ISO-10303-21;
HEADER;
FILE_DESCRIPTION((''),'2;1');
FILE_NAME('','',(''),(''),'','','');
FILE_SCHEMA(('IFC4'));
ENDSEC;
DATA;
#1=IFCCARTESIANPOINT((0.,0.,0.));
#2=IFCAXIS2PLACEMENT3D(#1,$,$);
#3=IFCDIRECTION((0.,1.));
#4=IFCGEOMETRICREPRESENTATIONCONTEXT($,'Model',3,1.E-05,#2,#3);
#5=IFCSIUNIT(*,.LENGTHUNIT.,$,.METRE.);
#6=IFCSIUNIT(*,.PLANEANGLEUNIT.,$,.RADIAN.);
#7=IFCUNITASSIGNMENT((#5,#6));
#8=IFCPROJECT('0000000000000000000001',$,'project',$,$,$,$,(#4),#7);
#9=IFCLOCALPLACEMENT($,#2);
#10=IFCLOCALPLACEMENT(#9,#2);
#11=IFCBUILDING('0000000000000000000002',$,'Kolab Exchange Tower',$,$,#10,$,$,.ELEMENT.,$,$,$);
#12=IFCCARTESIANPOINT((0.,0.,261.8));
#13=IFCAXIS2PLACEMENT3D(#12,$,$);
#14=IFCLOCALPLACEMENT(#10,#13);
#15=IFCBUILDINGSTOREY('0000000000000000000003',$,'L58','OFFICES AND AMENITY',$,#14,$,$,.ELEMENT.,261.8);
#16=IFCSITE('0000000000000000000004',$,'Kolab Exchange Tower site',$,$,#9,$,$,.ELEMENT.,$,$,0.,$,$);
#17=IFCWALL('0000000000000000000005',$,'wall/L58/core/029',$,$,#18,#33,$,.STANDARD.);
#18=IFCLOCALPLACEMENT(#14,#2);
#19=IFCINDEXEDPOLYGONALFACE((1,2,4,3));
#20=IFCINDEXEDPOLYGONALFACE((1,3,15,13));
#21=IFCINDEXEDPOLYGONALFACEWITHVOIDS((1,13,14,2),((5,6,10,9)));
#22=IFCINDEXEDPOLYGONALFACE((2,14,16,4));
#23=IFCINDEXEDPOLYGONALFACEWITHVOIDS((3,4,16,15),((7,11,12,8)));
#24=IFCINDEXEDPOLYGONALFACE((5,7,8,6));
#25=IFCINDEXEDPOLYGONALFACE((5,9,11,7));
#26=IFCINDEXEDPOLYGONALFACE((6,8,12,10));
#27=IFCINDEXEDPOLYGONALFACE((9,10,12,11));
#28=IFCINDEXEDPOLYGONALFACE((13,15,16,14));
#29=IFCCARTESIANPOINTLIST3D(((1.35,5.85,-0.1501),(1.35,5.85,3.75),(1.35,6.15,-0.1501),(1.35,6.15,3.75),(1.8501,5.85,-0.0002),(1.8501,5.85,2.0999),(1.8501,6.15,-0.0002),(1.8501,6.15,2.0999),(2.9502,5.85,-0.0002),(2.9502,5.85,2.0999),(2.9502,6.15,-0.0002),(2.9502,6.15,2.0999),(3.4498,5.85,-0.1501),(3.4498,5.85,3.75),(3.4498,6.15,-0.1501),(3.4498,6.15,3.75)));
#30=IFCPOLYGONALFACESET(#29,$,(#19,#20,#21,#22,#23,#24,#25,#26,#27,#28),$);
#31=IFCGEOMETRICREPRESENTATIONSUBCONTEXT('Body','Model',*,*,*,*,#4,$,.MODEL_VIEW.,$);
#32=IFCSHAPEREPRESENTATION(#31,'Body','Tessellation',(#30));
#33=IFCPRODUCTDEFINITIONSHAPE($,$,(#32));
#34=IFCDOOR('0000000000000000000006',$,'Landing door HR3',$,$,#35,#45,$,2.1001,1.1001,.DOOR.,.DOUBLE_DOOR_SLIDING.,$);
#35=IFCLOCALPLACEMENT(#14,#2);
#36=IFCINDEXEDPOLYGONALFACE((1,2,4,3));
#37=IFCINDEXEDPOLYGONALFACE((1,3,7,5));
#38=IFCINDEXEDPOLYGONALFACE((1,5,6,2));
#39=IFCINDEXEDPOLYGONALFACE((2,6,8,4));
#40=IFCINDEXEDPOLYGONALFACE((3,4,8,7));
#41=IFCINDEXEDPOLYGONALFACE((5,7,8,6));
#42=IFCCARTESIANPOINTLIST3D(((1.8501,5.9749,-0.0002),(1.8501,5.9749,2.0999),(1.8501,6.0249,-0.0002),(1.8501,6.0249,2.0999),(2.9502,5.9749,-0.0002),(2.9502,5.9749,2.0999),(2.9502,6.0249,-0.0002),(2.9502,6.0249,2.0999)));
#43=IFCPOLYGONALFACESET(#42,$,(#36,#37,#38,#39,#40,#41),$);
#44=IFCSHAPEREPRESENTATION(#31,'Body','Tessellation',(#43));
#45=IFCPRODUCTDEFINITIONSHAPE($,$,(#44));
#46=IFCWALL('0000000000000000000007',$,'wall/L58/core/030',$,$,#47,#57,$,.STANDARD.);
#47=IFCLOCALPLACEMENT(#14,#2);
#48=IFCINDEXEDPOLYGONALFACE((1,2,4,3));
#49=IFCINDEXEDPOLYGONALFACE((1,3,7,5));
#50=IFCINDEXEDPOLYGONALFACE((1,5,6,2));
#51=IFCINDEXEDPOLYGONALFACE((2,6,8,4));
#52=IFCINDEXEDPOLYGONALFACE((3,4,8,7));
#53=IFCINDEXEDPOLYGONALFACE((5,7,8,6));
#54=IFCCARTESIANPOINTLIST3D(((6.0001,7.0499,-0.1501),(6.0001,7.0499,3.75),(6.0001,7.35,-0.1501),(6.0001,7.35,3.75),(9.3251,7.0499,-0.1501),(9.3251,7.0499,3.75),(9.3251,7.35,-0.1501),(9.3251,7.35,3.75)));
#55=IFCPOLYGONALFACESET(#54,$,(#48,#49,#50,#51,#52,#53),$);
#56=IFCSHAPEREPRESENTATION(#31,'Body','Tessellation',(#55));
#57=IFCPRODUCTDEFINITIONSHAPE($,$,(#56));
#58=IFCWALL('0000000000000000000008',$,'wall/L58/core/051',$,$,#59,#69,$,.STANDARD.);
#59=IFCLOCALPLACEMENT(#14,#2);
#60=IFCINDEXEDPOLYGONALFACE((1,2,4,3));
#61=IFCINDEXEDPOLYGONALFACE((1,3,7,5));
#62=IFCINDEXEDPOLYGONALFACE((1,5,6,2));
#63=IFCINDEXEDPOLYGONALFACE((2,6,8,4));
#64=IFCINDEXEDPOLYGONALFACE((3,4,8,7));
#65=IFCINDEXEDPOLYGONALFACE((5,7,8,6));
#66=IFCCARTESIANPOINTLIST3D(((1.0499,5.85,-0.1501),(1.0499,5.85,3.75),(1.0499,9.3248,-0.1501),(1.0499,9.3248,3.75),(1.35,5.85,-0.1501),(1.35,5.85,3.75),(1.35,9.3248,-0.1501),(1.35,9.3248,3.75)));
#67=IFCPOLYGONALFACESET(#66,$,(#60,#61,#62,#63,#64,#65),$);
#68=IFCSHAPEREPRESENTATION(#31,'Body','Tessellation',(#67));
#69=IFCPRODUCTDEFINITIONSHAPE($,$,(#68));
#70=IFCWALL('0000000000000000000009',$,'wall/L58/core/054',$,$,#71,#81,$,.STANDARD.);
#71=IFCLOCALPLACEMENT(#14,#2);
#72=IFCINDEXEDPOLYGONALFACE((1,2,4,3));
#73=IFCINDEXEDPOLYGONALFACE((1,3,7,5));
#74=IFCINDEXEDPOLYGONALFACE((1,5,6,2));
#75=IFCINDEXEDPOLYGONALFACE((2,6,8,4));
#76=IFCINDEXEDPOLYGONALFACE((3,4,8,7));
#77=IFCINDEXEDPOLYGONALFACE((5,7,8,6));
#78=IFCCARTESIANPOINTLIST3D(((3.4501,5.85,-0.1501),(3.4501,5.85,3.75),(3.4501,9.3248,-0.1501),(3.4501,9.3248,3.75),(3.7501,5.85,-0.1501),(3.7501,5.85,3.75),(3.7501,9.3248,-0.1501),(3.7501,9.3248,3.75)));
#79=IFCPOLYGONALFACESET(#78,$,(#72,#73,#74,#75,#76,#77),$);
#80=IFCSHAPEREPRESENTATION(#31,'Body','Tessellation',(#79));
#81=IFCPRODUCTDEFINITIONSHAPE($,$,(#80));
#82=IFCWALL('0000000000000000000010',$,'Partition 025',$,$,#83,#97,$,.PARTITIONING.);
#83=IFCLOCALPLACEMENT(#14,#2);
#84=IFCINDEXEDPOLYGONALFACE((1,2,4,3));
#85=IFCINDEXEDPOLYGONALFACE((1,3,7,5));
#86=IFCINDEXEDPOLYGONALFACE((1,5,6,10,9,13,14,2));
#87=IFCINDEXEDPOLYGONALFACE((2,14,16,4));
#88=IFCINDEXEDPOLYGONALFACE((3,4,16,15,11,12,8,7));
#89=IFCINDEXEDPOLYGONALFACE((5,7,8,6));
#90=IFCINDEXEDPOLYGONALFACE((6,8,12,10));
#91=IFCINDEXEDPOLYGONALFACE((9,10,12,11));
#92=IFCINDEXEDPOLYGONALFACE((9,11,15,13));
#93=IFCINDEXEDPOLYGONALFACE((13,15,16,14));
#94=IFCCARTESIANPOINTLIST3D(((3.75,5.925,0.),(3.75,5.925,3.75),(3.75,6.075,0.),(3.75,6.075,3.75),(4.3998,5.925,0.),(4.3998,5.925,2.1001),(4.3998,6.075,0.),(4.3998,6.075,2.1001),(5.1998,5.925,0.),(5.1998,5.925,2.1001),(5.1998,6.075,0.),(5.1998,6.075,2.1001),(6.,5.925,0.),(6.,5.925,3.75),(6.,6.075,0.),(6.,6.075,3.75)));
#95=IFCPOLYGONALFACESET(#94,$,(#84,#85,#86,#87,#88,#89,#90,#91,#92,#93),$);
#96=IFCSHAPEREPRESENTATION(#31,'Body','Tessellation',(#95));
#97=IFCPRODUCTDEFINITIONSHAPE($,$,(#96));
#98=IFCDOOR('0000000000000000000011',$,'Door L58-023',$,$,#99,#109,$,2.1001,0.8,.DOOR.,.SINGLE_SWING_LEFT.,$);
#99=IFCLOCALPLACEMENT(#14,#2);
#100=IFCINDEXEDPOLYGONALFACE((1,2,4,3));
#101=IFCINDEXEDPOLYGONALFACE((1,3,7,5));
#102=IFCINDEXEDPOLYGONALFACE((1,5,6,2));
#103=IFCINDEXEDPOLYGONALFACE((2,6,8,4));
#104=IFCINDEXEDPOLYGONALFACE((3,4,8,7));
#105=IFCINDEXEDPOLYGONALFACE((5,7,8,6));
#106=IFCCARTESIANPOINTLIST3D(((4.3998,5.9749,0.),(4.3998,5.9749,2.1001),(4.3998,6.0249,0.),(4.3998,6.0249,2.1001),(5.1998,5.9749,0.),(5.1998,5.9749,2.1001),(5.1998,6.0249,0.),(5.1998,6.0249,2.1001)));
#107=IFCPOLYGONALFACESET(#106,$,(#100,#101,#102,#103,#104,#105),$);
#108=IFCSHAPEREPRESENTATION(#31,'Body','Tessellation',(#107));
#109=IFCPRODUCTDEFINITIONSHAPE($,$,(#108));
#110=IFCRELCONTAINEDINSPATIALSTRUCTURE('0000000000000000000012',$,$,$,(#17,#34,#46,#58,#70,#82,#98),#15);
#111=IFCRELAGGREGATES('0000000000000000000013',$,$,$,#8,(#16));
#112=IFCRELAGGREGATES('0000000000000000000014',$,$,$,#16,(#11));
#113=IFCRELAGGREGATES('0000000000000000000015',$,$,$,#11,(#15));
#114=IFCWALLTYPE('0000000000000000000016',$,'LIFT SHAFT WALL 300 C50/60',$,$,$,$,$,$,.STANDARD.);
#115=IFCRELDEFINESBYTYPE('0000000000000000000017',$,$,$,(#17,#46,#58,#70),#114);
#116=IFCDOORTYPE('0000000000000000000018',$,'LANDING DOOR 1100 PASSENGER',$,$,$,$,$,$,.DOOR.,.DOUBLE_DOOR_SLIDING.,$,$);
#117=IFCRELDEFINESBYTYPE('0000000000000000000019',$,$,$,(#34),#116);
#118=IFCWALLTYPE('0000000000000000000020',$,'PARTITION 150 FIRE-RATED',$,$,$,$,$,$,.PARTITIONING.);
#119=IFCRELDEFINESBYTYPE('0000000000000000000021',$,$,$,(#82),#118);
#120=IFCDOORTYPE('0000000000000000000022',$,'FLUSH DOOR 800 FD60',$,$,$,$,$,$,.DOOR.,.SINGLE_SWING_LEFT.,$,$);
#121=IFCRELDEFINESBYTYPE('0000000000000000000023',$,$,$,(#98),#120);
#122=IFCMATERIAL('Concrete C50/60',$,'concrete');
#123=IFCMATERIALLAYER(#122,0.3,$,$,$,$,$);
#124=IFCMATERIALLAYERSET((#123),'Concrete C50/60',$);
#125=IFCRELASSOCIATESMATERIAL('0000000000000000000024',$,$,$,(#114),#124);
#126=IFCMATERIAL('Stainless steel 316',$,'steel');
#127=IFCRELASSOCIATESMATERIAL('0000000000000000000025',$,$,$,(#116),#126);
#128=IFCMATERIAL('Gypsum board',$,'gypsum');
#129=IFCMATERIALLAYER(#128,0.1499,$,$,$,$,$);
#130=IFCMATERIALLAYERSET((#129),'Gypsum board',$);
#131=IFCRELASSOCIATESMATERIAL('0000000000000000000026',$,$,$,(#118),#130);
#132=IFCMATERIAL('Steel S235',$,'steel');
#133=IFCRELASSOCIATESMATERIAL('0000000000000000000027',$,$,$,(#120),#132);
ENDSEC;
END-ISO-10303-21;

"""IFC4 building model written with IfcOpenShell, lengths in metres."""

from ifc_helpers import new_model, si_unit, direction, frame, frame_2d, origin, place, context, subcontext, project, spatial, rectangle, extrude, material, layer, layer_set, type_object, element, fill, save


model = new_model("IFC4")

# Units and contexts
model_context = context("Model", 3, precision=1e-05, world=origin(), true_north=direction((0.0, 1.0)))
body_context = subcontext(model_context, "Body", "Model", "MODEL_VIEW")
ifc_project = project(units=[si_unit("LENGTHUNIT", "METRE"), si_unit("PLANEANGLEUNIT", "RADIAN")], contexts=[model_context])

# Site, building, storey
site_placement = place(None, origin())
site = spatial("IfcSite", under=ifc_project, at=site_placement, Name="Kolab Exchange Tower site", CompositionType="ELEMENT", RefElevation=0.0)
building_placement = place(site_placement, origin())
building = spatial("IfcBuilding", under=site, at=building_placement, Name="Kolab Exchange Tower", CompositionType="ELEMENT")
storey_placement = place(building_placement, frame((0.0, 0.0, 261.8)))
storey = spatial("IfcBuildingStorey", under=building, at=storey_placement, Name="L58", Description="OFFICES AND AMENITY", CompositionType="ELEMENT", Elevation=261.8)

# Shared definitions
ifc_material_1 = material(Name="Concrete C50/60", Category="concrete")

# Shared definitions
ifc_layer_1 = layer(ifc_material_1, 0.3)
ifc_layer_set_1 = layer_set([ifc_layer_1], Name="Concrete C50/60")
wall_type_1 = type_object("IfcWallType", Name="LIFT SHAFT WALL 300 C50/60", PredefinedType="STANDARD", material=ifc_layer_set_1)

# Shared definitions
ifc_material_2 = material(Name="Stainless steel 316", Category="steel")
door_type_1 = type_object("IfcDoorType", Name="LANDING DOOR 1100 PASSENGER", OperationType="DOUBLE_DOOR_SLIDING", PredefinedType="DOOR", material=ifc_material_2)

# Wall, opening, door
wall_1_placement = place(storey_placement, frame((1.3501, 6.0, -0.1501), z_axis=(0.0, 0.0, 1.0), x_axis=(1.0, 0.0, 0.0)))
wall_1 = element("IfcWall", 1, at=wall_1_placement, inside=storey, type_object=wall_type_1, Name="wall/L58/core/029", PredefinedType="STANDARD", context=body_context, shape_type="SweptSolid", body=[
    extrude(rectangle(XDim=2.0999, YDim=0.3, at=frame_2d((1.0498, 0.0))), origin(), (0.0, 0.0, 1.0), 3.9001),
])
opening_1_placement = place(wall_1_placement, frame((0.5, 0.0, 0.1499)))
opening_1 = element("IfcOpeningElement", 2, at=opening_1_placement, cuts=wall_1, PredefinedType="OPENING", context=body_context, shape_type="SweptSolid", body=[
    extrude(rectangle(XDim=1.1001, YDim=2.1001, at=frame_2d((0.55, 1.05))), frame((0.0, 0.1602, 0.0), z_axis=(0.0, -1.0, 0.0), x_axis=(1.0, 0.0, 0.0)), (0.0, 0.0, 1.0), 0.3201),
])
door_1_placement = place(opening_1_placement, origin())
door_1 = element("IfcDoor", 3, at=door_1_placement, inside=storey, type_object=door_type_1, Name="Landing door HR3", OperationType="DOUBLE_DOOR_SLIDING", OverallHeight=2.1001, OverallWidth=1.1001, PredefinedType="DOOR", context=body_context, shape_type="SweptSolid", body=[
    extrude(rectangle(XDim=1.1001, YDim=2.1001, at=frame_2d((0.55, 1.05))), frame((0.0, 0.0249, 0.0), z_axis=(0.0, -1.0, 0.0), x_axis=(1.0, 0.0, 0.0)), (0.0, 0.0, 1.0), 0.05),
])
fill(opening_1, door_1)

# Walls
wall_2_placement = place(storey_placement, frame((6.0, 7.2, -0.1501), z_axis=(0.0, 0.0, 1.0), x_axis=(1.0, 0.0, 0.0)))
element("IfcWall", 4, at=wall_2_placement, inside=storey, type_object=wall_type_1, Name="wall/L58/core/030", PredefinedType="STANDARD", context=body_context, shape_type="SweptSolid", body=[
    extrude(rectangle(XDim=3.325, YDim=0.3, at=frame_2d((1.6626, 0.0))), origin(), (0.0, 0.0, 1.0), 3.9001),
])
for number, where, z_axis, x_axis, name in (
    (5, (1.2, 5.8501, -0.1501), (0.0, 0.0, 1.0), (0.0, 1.0, 0.0), "wall/L58/core/051"),
    (6, (3.6001, 5.8501, -0.1501), (0.0, 0.0, 1.0), (0.0, 1.0, 0.0), "wall/L58/core/054"),
):
    element("IfcWall", number, at=place(storey_placement, frame(where, z_axis=z_axis, x_axis=x_axis)), inside=storey, type_object=wall_type_1, Name=name, PredefinedType="STANDARD", context=body_context, shape_type="SweptSolid", body=[
        extrude(rectangle(XDim=3.4749, YDim=0.3, at=frame_2d((1.7373, 0.0))), origin(), (0.0, 0.0, 1.0), 3.9001),
    ])

# Wall, opening, door
ifc_material_3 = material(Name="Gypsum board", Category="gypsum")
ifc_layer_2 = layer(ifc_material_3, 0.1499)
ifc_layer_set_2 = layer_set([ifc_layer_2], Name="Gypsum board")
wall_type_2 = type_object("IfcWallType", Name="PARTITION 150 FIRE-RATED", PredefinedType="PARTITIONING", material=ifc_layer_set_2)
wall_3_placement = place(storey_placement, frame((3.75, 6.0, 0.0), z_axis=(0.0, 0.0, 1.0), x_axis=(1.0, 0.0, 0.0)))
wall_3 = element("IfcWall", 7, at=wall_3_placement, inside=storey, type_object=wall_type_2, Name="Partition 025", PredefinedType="PARTITIONING", context=body_context, shape_type="SweptSolid", body=[
    extrude(rectangle(XDim=2.25, YDim=0.1499, at=frame_2d((1.125, 0.0))), origin(), (0.0, 0.0, 1.0), 3.75),
])
opening_2_placement = place(wall_3_placement, frame((0.6499, 0.0, 0.0)))
opening_2 = element("IfcOpeningElement", 8, at=opening_2_placement, cuts=wall_3, PredefinedType="OPENING", context=body_context, shape_type="SweptSolid", body=[
    extrude(rectangle(XDim=0.8, YDim=2.1001, at=frame_2d((0.3999, 1.05))), frame((0.0, 0.085, 0.0), z_axis=(0.0, -1.0, 0.0), x_axis=(1.0, 0.0, 0.0)), (0.0, 0.0, 1.0), 0.1699),
])
ifc_material_4 = material(Name="Steel S235", Category="steel")
door_type_2 = type_object("IfcDoorType", Name="FLUSH DOOR 800 FD60", OperationType="SINGLE_SWING_LEFT", PredefinedType="DOOR", material=ifc_material_4)
door_2_placement = place(opening_2_placement, origin())
door_2 = element("IfcDoor", 9, at=door_2_placement, inside=storey, type_object=door_type_2, Name="Door L58-023", OperationType="SINGLE_SWING_LEFT", OverallHeight=2.1001, OverallWidth=0.8, PredefinedType="DOOR", context=body_context, shape_type="SweptSolid", body=[
    extrude(rectangle(XDim=0.8, YDim=2.1001, at=frame_2d((0.3999, 1.05))), frame((0.0, 0.0249, 0.0), z_axis=(0.0, -1.0, 0.0), x_axis=(1.0, 0.0, 0.0)), (0.0, 0.0, 1.0), 0.05),
])
fill(opening_2, door_2)

save(model, "model.ifc")
